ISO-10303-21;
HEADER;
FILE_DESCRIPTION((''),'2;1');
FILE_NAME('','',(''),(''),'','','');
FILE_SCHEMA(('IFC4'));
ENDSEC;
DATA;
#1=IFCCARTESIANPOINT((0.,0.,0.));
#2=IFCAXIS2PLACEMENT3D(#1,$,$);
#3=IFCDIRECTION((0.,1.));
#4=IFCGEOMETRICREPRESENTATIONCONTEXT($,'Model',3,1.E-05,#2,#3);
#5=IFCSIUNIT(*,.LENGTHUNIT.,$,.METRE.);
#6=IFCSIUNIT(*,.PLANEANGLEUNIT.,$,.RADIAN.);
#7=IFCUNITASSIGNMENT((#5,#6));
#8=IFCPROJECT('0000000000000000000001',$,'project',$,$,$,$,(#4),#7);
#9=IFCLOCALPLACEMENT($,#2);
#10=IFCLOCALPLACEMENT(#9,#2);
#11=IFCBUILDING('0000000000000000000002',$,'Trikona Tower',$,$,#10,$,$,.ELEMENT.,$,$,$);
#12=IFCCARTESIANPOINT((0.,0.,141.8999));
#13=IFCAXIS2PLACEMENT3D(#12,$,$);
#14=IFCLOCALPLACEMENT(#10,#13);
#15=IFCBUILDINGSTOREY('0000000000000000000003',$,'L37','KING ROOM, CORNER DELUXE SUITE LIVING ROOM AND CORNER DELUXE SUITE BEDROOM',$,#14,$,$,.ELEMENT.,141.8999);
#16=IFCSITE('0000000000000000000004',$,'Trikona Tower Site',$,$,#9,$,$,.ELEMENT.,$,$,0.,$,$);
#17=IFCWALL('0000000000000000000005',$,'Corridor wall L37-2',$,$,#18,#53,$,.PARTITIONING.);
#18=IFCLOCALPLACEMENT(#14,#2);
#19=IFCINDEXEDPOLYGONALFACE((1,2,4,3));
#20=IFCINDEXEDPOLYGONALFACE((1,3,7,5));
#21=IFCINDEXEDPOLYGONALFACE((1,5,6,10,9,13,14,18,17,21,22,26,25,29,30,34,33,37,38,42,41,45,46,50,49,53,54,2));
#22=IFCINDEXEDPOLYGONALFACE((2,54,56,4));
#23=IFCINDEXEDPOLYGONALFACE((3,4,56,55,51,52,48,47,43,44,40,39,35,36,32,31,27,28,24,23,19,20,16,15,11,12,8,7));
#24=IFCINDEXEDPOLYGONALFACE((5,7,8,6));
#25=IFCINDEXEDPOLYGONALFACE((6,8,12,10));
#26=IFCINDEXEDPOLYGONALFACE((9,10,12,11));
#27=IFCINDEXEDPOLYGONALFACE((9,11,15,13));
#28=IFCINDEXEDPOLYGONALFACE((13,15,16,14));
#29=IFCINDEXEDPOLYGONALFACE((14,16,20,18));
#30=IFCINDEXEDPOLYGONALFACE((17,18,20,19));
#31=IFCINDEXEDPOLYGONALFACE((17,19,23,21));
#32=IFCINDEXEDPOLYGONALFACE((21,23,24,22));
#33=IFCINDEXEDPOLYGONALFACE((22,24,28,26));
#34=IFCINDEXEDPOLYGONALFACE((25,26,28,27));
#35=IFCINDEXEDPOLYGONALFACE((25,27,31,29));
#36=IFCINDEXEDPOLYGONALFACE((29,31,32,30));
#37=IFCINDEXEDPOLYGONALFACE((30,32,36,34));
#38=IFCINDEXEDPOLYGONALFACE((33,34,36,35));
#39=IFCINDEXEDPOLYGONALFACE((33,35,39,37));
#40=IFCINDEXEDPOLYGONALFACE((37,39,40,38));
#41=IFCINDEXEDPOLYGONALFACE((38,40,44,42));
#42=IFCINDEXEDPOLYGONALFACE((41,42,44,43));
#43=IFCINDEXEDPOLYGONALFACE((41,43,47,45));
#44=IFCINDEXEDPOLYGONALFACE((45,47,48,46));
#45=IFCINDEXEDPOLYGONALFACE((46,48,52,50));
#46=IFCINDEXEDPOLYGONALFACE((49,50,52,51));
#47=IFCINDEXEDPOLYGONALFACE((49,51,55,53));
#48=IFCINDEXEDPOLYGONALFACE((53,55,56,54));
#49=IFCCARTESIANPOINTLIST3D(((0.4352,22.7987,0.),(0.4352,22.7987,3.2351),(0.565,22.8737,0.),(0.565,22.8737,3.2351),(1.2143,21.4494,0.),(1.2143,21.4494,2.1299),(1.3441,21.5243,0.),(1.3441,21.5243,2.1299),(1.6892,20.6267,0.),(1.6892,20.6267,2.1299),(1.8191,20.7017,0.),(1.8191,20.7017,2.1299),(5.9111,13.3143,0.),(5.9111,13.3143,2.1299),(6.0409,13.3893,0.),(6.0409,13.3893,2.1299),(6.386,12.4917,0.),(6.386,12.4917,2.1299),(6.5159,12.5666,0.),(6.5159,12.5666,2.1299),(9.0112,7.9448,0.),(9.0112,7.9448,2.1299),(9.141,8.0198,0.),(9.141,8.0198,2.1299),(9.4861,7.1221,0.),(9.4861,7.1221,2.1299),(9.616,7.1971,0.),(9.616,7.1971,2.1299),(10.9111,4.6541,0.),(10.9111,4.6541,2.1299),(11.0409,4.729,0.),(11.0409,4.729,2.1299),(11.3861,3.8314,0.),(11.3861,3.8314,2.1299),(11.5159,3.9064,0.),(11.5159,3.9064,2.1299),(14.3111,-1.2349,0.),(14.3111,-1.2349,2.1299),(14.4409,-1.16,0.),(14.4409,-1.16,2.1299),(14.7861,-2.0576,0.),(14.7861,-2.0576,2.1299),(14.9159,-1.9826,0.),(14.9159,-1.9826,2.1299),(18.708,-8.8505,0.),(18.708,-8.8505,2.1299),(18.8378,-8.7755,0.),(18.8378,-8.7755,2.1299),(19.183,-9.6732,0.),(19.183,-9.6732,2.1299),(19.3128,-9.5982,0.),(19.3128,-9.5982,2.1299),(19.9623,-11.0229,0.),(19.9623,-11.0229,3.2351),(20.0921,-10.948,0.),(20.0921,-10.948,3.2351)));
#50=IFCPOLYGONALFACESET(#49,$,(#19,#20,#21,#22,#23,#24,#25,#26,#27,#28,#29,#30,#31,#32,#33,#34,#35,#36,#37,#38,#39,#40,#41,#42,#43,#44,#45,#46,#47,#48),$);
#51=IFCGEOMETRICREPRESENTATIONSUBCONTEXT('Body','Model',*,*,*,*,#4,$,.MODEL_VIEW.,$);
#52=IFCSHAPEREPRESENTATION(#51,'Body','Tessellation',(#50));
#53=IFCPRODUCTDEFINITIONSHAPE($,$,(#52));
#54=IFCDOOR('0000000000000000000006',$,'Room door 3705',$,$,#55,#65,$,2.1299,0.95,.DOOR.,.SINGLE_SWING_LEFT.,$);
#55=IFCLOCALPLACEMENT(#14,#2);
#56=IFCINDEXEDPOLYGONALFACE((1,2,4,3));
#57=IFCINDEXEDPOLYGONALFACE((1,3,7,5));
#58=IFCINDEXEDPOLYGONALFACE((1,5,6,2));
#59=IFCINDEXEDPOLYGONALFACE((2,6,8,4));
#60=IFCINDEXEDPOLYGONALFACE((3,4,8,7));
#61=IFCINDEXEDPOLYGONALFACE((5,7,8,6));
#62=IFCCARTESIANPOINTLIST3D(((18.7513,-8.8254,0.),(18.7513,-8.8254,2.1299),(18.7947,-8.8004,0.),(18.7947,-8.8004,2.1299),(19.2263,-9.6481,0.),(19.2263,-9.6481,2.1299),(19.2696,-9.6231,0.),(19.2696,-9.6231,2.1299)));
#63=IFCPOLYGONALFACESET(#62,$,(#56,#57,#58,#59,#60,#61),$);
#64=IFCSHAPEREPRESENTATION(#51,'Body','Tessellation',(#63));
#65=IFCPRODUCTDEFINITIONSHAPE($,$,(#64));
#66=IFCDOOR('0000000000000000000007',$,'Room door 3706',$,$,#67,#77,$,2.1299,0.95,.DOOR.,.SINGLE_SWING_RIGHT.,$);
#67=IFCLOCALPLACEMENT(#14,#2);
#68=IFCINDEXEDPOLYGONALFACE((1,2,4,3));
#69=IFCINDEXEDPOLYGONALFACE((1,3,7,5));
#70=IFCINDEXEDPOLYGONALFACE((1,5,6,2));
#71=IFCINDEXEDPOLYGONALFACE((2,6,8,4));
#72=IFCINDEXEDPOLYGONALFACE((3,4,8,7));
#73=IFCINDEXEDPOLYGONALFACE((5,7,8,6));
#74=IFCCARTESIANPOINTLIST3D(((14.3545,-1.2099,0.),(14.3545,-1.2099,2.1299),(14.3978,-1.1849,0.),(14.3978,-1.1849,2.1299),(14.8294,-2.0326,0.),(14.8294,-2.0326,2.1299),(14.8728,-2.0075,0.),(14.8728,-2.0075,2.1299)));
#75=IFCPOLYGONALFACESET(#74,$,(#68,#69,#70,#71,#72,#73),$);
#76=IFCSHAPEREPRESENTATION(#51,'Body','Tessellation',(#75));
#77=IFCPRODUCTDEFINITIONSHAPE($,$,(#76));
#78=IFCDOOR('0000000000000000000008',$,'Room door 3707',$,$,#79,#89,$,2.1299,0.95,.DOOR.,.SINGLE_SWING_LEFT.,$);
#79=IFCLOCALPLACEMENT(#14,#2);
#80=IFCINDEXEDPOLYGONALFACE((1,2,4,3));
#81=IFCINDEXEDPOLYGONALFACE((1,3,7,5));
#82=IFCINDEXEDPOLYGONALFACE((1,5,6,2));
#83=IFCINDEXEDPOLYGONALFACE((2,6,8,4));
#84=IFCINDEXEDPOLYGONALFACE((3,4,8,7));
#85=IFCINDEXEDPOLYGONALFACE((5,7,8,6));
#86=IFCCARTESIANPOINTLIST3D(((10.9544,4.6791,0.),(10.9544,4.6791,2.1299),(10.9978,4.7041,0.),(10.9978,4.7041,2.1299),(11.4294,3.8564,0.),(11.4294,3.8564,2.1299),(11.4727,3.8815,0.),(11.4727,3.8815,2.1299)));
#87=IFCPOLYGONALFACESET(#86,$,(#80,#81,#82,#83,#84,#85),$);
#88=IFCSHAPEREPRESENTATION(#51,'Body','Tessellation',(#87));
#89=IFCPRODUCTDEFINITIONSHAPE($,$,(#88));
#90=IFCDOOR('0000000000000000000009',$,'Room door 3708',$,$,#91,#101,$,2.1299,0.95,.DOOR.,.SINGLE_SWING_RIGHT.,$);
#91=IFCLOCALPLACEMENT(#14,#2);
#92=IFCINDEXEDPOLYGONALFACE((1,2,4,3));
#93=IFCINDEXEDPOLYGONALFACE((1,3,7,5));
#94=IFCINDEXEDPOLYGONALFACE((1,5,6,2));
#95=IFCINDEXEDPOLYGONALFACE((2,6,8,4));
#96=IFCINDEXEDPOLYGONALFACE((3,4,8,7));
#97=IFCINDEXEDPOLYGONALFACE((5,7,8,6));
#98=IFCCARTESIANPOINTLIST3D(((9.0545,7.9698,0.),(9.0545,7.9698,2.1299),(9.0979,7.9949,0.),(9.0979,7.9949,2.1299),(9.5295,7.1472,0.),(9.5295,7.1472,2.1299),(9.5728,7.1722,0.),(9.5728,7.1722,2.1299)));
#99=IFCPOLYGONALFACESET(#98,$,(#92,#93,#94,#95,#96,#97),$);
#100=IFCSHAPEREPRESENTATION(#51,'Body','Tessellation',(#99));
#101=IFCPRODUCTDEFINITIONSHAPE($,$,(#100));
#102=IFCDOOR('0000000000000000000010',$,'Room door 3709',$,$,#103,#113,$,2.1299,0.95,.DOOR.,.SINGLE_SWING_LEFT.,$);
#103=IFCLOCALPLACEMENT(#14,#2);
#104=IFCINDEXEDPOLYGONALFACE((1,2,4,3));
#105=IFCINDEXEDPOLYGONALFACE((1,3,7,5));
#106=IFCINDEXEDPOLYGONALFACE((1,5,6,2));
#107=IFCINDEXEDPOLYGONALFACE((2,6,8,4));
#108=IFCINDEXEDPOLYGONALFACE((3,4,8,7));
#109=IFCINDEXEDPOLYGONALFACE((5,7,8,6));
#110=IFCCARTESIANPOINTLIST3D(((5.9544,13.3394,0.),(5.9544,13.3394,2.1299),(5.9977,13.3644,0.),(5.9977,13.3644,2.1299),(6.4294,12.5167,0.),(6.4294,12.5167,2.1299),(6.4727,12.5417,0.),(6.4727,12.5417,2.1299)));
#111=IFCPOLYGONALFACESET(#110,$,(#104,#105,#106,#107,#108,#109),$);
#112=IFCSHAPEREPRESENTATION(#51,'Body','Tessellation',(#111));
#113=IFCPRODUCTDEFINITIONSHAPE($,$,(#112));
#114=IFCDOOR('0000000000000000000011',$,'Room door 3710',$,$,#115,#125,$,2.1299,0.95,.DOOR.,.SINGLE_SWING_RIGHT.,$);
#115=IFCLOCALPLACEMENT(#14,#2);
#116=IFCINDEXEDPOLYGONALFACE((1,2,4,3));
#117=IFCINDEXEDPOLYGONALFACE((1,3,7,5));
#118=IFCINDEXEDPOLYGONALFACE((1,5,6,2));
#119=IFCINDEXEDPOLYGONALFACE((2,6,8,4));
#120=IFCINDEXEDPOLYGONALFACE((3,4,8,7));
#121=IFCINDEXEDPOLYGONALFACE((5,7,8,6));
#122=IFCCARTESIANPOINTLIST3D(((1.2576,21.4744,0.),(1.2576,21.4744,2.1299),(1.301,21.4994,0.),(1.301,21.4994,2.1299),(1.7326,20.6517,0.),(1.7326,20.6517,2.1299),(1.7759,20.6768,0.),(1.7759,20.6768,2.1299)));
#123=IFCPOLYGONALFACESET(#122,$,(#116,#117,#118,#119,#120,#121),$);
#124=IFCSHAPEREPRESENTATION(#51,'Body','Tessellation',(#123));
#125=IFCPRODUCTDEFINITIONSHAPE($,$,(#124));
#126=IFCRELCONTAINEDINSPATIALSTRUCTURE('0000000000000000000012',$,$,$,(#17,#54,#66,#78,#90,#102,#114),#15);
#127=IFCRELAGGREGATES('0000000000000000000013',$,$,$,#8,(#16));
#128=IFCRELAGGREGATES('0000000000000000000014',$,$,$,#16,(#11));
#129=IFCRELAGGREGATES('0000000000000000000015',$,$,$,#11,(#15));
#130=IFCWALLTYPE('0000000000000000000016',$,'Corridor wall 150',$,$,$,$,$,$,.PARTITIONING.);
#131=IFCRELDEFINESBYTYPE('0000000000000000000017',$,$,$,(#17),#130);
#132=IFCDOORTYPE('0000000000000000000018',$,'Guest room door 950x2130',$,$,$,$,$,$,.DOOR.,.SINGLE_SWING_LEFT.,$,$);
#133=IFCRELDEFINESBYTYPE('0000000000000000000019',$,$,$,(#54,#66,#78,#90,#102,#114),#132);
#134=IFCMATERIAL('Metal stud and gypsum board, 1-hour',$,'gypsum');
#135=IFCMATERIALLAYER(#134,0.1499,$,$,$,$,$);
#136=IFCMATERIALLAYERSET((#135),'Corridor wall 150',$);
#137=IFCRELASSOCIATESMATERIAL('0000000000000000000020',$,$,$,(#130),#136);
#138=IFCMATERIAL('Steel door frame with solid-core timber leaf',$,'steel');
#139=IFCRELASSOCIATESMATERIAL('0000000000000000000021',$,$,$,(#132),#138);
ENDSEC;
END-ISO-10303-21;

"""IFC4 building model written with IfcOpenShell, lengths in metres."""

from ifc_helpers import new_model, si_unit, direction, frame, frame_2d, origin, place, context, subcontext, project, spatial, rectangle, extrude, material, layer, layer_set, type_object, element, fill, save


model = new_model("IFC4")

# Units and contexts
model_context = context("Model", 3, precision=1e-05, world=origin(), true_north=direction((0.0, 1.0)))
body_context = subcontext(model_context, "Body", "Model", "MODEL_VIEW")
ifc_project = project(units=[si_unit("LENGTHUNIT", "METRE"), si_unit("PLANEANGLEUNIT", "RADIAN")], contexts=[model_context])

# Site, building, storey
site_placement = place(None, origin())
site = spatial("IfcSite", under=ifc_project, at=site_placement, Name="Trikona Tower Site", CompositionType="ELEMENT", RefElevation=0.0)
building_placement = place(site_placement, origin())
building = spatial("IfcBuilding", under=site, at=building_placement, Name="Trikona Tower", CompositionType="ELEMENT")
storey_placement = place(building_placement, frame((0.0, 0.0, 141.8999)))
storey = spatial("IfcBuildingStorey", under=building, at=storey_placement, Name="L37", Description="KING ROOM, CORNER DELUXE SUITE LIVING ROOM AND CORNER DELUXE SUITE BEDROOM", CompositionType="ELEMENT", Elevation=141.8999)

# Wall, openings, doors
ifc_material_1 = material(Name="Metal stud and gypsum board, 1-hour", Category="gypsum")
ifc_layer_1 = layer(ifc_material_1, 0.1499)
ifc_layer_set_1 = layer_set([ifc_layer_1], Name="Corridor wall 150")
wall_type_1 = type_object("IfcWallType", Name="Corridor wall 150", PredefinedType="PARTITIONING", material=ifc_layer_set_1)
wall_1_placement = place(storey_placement, frame((20.0271, -10.9854, 0.0), z_axis=(0.0, 0.0, 1.0), x_axis=(-0.500002, 0.866024, 0.0)))
wall_1 = element("IfcWall", 1, at=wall_1_placement, inside=storey, type_object=wall_type_1, Name="Corridor wall L37-2", PredefinedType="PARTITIONING", context=body_context, shape_type="SweptSolid", body=[
    extrude(rectangle(XDim=39.054, YDim=0.1499, at=frame_2d((19.5269, 0.0))), origin(), (0.0, 0.0, 1.0), 3.2351),
])
opening_1_placement = place(wall_1_placement, frame((1.5583, 0.0, 0.0)))
opening_1 = element("IfcOpeningElement", 2, at=opening_1_placement, cuts=wall_1, PredefinedType="OPENING", context=body_context, shape_type="SweptSolid", body=[
    extrude(rectangle(XDim=0.95, YDim=2.1299, at=frame_2d((0.4751, 1.0649))), frame((0.0, 0.085, 0.0), z_axis=(0.0, -1.0, 0.0), x_axis=(1.0, 0.0, 0.0)), (0.0, 0.0, 1.0), 0.1699),
])
opening_2_placement = place(wall_1_placement, frame((10.3521, 0.0, 0.0)))
opening_2 = element("IfcOpeningElement", 3, at=opening_2_placement, cuts=wall_1, PredefinedType="OPENING", context=body_context, shape_type="SweptSolid", body=[
    extrude(rectangle(XDim=0.95, YDim=2.1299, at=frame_2d((0.4751, 1.0649))), frame((0.0, 0.085, 0.0), z_axis=(0.0, -1.0, 0.0), x_axis=(1.0, 0.0, 0.0)), (0.0, 0.0, 1.0), 0.1699),
])
opening_3_placement = place(wall_1_placement, frame((17.1521, 0.0, 0.0)))
opening_3 = element("IfcOpeningElement", 4, at=opening_3_placement, cuts=wall_1, PredefinedType="OPENING", context=body_context, shape_type="SweptSolid", body=[
    extrude(rectangle(XDim=0.95, YDim=2.1299, at=frame_2d((0.4751, 1.0649))), frame((0.0, 0.085, 0.0), z_axis=(0.0, -1.0, 0.0), x_axis=(1.0, 0.0, 0.0)), (0.0, 0.0, 1.0), 0.1699),
])
opening_4_placement = place(wall_1_placement, frame((20.9519, 0.0, 0.0)))
opening_4 = element("IfcOpeningElement", 5, at=opening_4_placement, cuts=wall_1, PredefinedType="OPENING", context=body_context, shape_type="SweptSolid", body=[
    extrude(rectangle(XDim=0.95, YDim=2.1299, at=frame_2d((0.4751, 1.0649))), frame((0.0, 0.085, 0.0), z_axis=(0.0, -1.0, 0.0), x_axis=(1.0, 0.0, 0.0)), (0.0, 0.0, 1.0), 0.1699),
])
opening_5_placement = place(wall_1_placement, frame((27.1521, 0.0, 0.0)))
opening_5 = element("IfcOpeningElement", 6, at=opening_5_placement, cuts=wall_1, PredefinedType="OPENING", context=body_context, shape_type="SweptSolid", body=[
    extrude(rectangle(XDim=0.95, YDim=2.1299, at=frame_2d((0.4751, 1.0649))), frame((0.0, 0.085, 0.0), z_axis=(0.0, -1.0, 0.0), x_axis=(1.0, 0.0, 0.0)), (0.0, 0.0, 1.0), 0.1699),
])
opening_6_placement = place(wall_1_placement, frame((36.5457, 0.0, 0.0)))
opening_6 = element("IfcOpeningElement", 7, at=opening_6_placement, cuts=wall_1, PredefinedType="OPENING", context=body_context, shape_type="SweptSolid", body=[
    extrude(rectangle(XDim=0.95, YDim=2.1299, at=frame_2d((0.4751, 1.0649))), frame((0.0, 0.085, 0.0), z_axis=(0.0, -1.0, 0.0), x_axis=(1.0, 0.0, 0.0)), (0.0, 0.0, 1.0), 0.1699),
])
ifc_material_2 = material(Name="Steel door frame with solid-core timber leaf", Category="steel")
door_type = type_object("IfcDoorType", Name="Guest room door 950x2130", OperationType="SINGLE_SWING_LEFT", PredefinedType="DOOR", material=ifc_material_2)
door_1_placement = place(opening_1_placement, origin())
door_1 = element("IfcDoor", 8, at=door_1_placement, inside=storey, type_object=door_type, Name="Room door 3705", OperationType="SINGLE_SWING_LEFT", OverallHeight=2.1299, OverallWidth=0.95, PredefinedType="DOOR", context=body_context, shape_type="SweptSolid", body=[
    extrude(rectangle(XDim=0.95, YDim=2.1299, at=frame_2d((0.4751, 1.0649))), frame((0.0, 0.0249, 0.0), z_axis=(0.0, -1.0, 0.0), x_axis=(1.0, 0.0, 0.0)), (0.0, 0.0, 1.0), 0.05),
])
fill(opening_1, door_1)
door_2_placement = place(opening_2_placement, origin())
door_2 = element("IfcDoor", 9, at=door_2_placement, inside=storey, type_object=door_type, Name="Room door 3706", OperationType="SINGLE_SWING_RIGHT", OverallHeight=2.1299, OverallWidth=0.95, PredefinedType="DOOR", context=body_context, shape_type="SweptSolid", body=[
    extrude(rectangle(XDim=0.95, YDim=2.1299, at=frame_2d((0.4751, 1.0649))), frame((0.0, 0.0249, 0.0), z_axis=(0.0, -1.0, 0.0), x_axis=(1.0, 0.0, 0.0)), (0.0, 0.0, 1.0), 0.05),
])
fill(opening_2, door_2)
door_3_placement = place(opening_3_placement, origin())
door_3 = element("IfcDoor", 10, at=door_3_placement, inside=storey, type_object=door_type, Name="Room door 3707", OperationType="SINGLE_SWING_LEFT", OverallHeight=2.1299, OverallWidth=0.95, PredefinedType="DOOR", context=body_context, shape_type="SweptSolid", body=[
    extrude(rectangle(XDim=0.95, YDim=2.1299, at=frame_2d((0.4751, 1.0649))), frame((0.0, 0.0249, 0.0), z_axis=(0.0, -1.0, 0.0), x_axis=(1.0, 0.0, 0.0)), (0.0, 0.0, 1.0), 0.05),
])
fill(opening_3, door_3)
door_4_placement = place(opening_4_placement, origin())
door_4 = element("IfcDoor", 11, at=door_4_placement, inside=storey, type_object=door_type, Name="Room door 3708", OperationType="SINGLE_SWING_RIGHT", OverallHeight=2.1299, OverallWidth=0.95, PredefinedType="DOOR", context=body_context, shape_type="SweptSolid", body=[
    extrude(rectangle(XDim=0.95, YDim=2.1299, at=frame_2d((0.4751, 1.0649))), frame((0.0, 0.0249, 0.0), z_axis=(0.0, -1.0, 0.0), x_axis=(1.0, 0.0, 0.0)), (0.0, 0.0, 1.0), 0.05),
])
fill(opening_4, door_4)
door_5_placement = place(opening_5_placement, origin())
door_5 = element("IfcDoor", 12, at=door_5_placement, inside=storey, type_object=door_type, Name="Room door 3709", OperationType="SINGLE_SWING_LEFT", OverallHeight=2.1299, OverallWidth=0.95, PredefinedType="DOOR", context=body_context, shape_type="SweptSolid", body=[
    extrude(rectangle(XDim=0.95, YDim=2.1299, at=frame_2d((0.4751, 1.0649))), frame((0.0, 0.0249, 0.0), z_axis=(0.0, -1.0, 0.0), x_axis=(1.0, 0.0, 0.0)), (0.0, 0.0, 1.0), 0.05),
])
fill(opening_5, door_5)
door_6_placement = place(opening_6_placement, origin())
door_6 = element("IfcDoor", 13, at=door_6_placement, inside=storey, type_object=door_type, Name="Room door 3710", OperationType="SINGLE_SWING_RIGHT", OverallHeight=2.1299, OverallWidth=0.95, PredefinedType="DOOR", context=body_context, shape_type="SweptSolid", body=[
    extrude(rectangle(XDim=0.95, YDim=2.1299, at=frame_2d((0.4751, 1.0649))), frame((0.0, 0.0249, 0.0), z_axis=(0.0, -1.0, 0.0), x_axis=(1.0, 0.0, 0.0)), (0.0, 0.0, 1.0), 0.05),
])
fill(opening_6, door_6)

save(model, "model.ifc")
